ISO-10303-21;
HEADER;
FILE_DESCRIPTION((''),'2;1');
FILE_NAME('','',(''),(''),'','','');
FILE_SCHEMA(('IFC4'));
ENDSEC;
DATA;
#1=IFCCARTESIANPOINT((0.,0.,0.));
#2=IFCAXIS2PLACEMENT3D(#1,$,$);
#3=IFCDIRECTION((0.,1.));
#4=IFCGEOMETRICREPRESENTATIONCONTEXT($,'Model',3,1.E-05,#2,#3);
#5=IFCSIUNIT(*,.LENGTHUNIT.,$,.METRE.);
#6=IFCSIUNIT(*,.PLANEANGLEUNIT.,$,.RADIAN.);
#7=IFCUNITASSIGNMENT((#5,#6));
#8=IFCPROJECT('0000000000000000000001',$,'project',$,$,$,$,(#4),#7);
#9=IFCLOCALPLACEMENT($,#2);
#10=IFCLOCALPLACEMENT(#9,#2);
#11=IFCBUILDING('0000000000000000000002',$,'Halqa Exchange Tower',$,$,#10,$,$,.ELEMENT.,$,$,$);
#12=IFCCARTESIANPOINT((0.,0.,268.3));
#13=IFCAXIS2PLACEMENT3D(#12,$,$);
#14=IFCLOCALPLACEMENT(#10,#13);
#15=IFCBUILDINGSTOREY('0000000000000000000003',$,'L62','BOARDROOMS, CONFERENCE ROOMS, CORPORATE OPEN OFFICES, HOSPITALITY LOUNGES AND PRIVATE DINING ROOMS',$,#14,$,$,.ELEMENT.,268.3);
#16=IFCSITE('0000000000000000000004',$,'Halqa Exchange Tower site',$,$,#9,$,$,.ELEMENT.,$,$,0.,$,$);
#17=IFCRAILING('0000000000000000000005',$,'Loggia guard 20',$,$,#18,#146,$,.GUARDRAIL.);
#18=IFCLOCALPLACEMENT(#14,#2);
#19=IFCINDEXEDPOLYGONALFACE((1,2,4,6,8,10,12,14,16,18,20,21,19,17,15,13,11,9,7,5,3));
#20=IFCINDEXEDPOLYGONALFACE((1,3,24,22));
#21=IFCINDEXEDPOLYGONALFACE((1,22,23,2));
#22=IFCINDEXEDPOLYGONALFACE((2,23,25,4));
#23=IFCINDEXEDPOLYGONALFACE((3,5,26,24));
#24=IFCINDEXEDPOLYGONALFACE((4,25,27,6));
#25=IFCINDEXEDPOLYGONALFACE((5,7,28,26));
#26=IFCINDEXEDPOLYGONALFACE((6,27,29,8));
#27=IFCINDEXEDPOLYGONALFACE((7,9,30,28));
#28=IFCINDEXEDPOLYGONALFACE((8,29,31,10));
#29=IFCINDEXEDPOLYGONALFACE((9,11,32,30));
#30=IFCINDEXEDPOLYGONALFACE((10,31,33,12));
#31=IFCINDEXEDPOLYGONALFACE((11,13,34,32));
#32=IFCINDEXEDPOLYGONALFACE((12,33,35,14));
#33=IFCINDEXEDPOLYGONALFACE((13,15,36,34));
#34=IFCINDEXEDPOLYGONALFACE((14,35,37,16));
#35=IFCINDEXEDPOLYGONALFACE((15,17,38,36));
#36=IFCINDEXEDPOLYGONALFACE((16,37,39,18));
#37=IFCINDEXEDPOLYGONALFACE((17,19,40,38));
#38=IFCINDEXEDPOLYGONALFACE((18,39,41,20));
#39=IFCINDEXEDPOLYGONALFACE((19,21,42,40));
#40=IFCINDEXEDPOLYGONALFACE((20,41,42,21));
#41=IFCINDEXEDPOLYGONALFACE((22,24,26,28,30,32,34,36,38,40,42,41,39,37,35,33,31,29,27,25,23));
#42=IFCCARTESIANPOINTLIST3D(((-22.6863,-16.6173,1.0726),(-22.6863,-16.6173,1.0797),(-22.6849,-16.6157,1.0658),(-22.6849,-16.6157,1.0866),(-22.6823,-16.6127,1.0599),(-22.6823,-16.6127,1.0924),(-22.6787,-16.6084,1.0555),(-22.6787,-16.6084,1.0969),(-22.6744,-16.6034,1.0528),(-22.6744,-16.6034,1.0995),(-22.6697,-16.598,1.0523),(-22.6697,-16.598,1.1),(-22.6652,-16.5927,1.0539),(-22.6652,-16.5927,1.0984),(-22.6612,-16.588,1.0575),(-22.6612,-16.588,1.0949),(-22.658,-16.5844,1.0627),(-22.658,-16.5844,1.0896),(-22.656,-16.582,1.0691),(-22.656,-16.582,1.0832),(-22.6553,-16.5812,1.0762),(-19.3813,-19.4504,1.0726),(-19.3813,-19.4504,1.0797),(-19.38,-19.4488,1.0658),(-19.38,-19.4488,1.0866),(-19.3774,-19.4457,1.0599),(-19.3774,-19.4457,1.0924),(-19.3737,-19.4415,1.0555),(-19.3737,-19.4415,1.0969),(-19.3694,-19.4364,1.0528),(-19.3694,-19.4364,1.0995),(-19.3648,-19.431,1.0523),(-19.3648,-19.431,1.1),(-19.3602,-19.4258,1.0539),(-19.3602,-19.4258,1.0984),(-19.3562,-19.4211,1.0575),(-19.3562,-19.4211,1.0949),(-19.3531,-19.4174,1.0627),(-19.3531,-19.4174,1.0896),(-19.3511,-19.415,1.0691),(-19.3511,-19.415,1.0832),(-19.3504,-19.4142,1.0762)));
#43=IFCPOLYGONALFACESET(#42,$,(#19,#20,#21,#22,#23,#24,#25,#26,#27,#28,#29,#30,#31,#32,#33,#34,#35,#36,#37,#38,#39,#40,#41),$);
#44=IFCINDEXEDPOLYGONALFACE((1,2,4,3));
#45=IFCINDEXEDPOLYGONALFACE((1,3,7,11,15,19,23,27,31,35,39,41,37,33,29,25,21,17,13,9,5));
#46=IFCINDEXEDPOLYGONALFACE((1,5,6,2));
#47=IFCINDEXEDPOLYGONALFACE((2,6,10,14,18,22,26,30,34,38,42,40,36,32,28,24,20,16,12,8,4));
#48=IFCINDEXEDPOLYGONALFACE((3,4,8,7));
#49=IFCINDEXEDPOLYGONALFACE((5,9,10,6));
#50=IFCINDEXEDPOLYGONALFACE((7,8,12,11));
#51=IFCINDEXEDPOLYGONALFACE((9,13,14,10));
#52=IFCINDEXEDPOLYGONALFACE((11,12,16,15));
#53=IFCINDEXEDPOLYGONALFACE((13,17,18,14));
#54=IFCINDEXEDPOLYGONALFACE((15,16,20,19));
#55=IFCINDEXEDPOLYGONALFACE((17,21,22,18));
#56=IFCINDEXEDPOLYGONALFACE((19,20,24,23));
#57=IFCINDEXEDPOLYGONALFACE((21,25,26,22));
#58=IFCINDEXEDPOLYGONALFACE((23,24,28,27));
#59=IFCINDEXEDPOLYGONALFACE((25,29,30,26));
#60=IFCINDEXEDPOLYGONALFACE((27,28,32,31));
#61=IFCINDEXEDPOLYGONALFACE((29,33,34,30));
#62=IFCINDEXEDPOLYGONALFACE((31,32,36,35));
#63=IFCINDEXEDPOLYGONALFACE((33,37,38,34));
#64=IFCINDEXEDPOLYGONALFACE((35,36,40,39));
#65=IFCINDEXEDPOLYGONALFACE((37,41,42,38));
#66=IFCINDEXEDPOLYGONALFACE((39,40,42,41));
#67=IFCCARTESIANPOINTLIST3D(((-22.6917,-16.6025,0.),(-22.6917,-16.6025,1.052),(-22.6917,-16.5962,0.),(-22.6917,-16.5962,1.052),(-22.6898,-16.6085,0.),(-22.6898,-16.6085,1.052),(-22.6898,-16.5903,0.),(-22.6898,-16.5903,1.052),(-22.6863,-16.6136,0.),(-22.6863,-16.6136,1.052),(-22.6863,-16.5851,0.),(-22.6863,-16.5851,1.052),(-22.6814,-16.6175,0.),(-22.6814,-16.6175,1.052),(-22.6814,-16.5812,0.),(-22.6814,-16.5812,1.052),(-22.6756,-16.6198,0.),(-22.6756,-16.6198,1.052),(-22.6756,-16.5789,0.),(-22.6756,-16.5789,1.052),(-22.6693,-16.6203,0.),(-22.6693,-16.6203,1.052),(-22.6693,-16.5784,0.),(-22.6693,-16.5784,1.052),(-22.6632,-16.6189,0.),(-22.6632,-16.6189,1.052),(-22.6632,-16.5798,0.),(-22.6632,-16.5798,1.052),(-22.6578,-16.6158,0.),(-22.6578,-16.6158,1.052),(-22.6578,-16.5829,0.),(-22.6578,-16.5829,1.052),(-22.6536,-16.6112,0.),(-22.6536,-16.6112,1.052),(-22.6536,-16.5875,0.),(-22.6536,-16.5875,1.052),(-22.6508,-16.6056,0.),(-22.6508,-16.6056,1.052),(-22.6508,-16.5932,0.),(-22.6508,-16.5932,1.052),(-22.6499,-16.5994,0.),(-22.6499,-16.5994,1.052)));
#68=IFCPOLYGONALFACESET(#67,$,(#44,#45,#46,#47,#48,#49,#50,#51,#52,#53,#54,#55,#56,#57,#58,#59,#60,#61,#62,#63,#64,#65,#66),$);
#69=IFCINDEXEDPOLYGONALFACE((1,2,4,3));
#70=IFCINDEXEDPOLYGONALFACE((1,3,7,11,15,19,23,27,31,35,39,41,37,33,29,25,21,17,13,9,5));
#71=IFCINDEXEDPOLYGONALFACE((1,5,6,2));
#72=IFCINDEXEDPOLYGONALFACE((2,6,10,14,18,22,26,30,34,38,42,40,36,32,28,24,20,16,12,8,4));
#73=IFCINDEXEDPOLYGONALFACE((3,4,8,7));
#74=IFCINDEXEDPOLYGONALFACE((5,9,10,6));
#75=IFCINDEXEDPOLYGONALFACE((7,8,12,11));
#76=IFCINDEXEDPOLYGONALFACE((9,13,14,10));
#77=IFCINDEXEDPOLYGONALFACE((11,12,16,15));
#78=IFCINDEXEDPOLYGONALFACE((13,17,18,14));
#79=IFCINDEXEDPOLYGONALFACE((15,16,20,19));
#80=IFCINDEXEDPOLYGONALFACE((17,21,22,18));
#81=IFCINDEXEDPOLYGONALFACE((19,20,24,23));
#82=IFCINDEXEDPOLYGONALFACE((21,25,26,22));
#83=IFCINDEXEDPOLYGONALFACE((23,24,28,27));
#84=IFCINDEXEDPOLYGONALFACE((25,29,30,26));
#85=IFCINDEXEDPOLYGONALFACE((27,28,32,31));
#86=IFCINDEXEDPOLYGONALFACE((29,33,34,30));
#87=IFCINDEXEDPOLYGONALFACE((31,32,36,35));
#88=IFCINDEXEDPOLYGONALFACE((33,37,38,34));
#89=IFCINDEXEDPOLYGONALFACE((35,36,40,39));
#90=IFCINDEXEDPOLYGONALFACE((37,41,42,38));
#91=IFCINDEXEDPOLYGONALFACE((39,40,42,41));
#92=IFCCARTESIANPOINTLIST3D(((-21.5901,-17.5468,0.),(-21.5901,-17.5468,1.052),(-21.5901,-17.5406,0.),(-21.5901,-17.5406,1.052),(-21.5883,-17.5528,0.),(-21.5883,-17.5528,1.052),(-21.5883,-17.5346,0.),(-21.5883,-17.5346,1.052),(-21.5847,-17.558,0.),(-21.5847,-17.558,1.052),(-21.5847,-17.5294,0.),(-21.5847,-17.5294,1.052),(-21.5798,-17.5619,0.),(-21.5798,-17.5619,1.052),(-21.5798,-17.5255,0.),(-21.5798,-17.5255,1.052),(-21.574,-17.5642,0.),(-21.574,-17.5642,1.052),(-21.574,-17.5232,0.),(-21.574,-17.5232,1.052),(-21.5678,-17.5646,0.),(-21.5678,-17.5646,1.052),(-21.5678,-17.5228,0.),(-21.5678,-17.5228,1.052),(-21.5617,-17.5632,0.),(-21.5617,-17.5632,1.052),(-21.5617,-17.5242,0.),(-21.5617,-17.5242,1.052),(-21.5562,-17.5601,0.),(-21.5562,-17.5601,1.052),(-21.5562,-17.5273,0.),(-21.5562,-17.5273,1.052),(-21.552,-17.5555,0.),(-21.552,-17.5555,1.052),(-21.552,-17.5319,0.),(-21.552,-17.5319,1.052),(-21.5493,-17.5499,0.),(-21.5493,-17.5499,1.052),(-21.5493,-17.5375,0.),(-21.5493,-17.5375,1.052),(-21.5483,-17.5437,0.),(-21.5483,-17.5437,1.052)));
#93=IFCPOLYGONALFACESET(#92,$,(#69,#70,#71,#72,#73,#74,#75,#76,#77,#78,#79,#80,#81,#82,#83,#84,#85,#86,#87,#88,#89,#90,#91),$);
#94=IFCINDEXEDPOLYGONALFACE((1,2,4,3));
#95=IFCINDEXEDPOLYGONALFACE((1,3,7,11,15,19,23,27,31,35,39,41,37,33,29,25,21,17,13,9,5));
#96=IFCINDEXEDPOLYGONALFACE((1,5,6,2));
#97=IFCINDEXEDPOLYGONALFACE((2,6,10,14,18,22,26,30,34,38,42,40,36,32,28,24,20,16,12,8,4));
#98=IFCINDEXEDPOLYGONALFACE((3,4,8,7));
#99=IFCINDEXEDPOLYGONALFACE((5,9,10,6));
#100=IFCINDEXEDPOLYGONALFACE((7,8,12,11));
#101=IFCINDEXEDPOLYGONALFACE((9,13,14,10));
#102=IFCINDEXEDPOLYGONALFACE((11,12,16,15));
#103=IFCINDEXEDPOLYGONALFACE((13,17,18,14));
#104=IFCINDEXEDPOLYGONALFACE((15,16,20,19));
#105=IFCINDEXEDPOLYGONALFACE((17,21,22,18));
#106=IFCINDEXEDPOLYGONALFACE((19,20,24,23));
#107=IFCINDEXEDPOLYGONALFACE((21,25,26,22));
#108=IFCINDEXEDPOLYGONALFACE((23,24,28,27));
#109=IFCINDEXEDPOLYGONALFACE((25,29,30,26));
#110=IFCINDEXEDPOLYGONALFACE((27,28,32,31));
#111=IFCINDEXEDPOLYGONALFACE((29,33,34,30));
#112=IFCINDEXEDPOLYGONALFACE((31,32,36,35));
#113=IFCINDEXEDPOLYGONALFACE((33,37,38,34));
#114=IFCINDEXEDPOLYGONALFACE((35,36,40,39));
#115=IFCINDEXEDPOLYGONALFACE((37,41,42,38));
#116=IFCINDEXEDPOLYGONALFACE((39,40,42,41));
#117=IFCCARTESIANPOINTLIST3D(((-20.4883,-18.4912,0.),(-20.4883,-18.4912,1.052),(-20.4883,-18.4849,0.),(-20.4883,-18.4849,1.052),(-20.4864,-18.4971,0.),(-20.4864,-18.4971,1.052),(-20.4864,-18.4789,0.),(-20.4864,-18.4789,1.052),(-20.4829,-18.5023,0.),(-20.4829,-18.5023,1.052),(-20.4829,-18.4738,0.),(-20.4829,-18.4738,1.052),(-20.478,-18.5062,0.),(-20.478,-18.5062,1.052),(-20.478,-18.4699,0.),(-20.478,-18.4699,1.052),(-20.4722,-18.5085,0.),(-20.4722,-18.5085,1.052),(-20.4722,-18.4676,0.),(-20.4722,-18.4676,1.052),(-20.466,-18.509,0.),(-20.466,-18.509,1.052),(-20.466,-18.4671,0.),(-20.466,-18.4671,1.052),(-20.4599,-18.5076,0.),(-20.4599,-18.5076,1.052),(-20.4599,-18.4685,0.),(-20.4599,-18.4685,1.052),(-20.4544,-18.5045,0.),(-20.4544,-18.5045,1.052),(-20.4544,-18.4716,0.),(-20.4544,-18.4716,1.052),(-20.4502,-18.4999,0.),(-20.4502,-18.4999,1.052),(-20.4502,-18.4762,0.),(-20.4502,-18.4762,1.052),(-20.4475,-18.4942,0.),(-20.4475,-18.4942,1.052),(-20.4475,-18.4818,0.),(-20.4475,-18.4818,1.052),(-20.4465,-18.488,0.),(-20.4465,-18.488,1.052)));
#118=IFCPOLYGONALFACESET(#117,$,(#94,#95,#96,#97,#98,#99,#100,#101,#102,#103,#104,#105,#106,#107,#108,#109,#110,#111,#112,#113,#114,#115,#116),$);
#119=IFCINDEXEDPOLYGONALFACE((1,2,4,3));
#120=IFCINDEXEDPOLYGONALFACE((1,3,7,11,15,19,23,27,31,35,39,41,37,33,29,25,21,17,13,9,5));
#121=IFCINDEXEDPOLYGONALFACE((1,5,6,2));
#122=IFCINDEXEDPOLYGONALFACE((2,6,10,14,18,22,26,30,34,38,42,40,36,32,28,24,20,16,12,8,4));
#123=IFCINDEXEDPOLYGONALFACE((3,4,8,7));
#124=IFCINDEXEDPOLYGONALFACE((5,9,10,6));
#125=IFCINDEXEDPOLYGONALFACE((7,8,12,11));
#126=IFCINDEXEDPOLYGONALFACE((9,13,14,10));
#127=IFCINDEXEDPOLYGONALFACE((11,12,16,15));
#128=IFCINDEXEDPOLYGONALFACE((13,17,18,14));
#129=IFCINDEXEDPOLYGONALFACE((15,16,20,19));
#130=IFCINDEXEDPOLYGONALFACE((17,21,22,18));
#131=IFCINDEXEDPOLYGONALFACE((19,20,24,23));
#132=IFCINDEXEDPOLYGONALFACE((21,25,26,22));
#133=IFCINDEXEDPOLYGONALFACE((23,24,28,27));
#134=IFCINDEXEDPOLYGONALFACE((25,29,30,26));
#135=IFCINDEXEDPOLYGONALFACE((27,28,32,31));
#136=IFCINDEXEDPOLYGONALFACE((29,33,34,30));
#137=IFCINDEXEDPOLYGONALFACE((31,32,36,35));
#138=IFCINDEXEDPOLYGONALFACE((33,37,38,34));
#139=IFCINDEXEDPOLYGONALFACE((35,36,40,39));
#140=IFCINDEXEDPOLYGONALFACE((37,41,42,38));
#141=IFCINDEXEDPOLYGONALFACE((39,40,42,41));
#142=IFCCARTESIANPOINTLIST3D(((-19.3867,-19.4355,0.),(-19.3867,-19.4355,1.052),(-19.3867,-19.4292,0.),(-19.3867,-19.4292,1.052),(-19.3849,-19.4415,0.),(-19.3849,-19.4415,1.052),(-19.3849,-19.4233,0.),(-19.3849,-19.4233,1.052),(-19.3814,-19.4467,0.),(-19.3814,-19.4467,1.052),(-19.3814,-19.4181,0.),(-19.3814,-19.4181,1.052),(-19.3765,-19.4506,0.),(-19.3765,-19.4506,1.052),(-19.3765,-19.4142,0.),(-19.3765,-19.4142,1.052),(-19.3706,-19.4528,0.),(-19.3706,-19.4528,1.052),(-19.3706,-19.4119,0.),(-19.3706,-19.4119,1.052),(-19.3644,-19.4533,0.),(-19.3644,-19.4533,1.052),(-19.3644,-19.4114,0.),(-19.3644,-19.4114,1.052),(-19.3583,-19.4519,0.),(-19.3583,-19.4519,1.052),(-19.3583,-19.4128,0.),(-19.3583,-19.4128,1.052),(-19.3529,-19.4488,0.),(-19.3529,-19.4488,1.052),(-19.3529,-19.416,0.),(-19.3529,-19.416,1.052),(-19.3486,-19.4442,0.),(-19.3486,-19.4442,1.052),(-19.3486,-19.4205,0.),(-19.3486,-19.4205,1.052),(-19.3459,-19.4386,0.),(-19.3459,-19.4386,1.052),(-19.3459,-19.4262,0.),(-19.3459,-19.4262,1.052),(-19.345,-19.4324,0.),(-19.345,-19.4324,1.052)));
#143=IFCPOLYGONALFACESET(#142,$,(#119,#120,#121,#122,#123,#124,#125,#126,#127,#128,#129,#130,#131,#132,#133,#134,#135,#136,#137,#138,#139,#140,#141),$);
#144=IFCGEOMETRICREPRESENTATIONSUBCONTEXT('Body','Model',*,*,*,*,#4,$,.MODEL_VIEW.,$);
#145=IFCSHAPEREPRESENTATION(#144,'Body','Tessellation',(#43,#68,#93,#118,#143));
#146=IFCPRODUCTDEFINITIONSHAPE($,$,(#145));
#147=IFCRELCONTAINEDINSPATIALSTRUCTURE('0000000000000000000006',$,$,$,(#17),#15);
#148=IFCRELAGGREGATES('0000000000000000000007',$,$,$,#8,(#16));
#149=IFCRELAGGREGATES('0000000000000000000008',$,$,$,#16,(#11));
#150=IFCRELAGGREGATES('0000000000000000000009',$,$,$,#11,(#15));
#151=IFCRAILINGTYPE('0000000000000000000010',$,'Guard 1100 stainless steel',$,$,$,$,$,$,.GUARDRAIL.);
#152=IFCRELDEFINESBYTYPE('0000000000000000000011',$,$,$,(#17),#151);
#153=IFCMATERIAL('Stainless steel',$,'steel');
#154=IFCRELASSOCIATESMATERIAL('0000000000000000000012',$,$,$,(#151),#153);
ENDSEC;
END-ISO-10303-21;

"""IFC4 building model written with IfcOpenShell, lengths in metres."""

from ifc_helpers import new_model, si_unit, direction, frame, origin, origin_2d, place, context, subcontext, project, spatial, circle, extrude, material, type_object, element, save


model = new_model("IFC4")

# Units and contexts
model_context = context("Model", 3, precision=1e-05, world=origin(), true_north=direction((0.0, 1.0)))
body_context = subcontext(model_context, "Body", "Model", "MODEL_VIEW")
ifc_project = project(units=[si_unit("LENGTHUNIT", "METRE"), si_unit("PLANEANGLEUNIT", "RADIAN")], contexts=[model_context])

# Site, building, storey
site_placement = place(None, origin())
site = spatial("IfcSite", under=ifc_project, at=site_placement, Name="Halqa Exchange Tower site", CompositionType="ELEMENT", RefElevation=0.0)
building_placement = place(site_placement, origin())
building = spatial("IfcBuilding", under=site, at=building_placement, Name="Halqa Exchange Tower", CompositionType="ELEMENT")
storey_placement = place(building_placement, frame((0.0, 0.0, 268.3)))
storey = spatial("IfcBuildingStorey", under=building, at=storey_placement, Name="L62", Description="BOARDROOMS, CONFERENCE ROOMS, CORPORATE OPEN OFFICES, HOSPITALITY LOUNGES AND PRIVATE DINING ROOMS", CompositionType="ELEMENT", Elevation=268.3)

# Railing
ifc_material_1 = material(Name="Stainless steel", Category="steel")
railing_type = type_object("IfcRailingType", Name="Guard 1100 stainless steel", PredefinedType="GUARDRAIL", material=ifc_material_1)
railing_1_placement = place(storey_placement, frame((-22.6709, -16.5994, 0.0)))
element("IfcRailing", 1, at=railing_1_placement, inside=storey, type_object=railing_type, Name="Loggia guard 20", PredefinedType="GUARDRAIL", context=body_context, shape_type="SweptSolid", body=[
    extrude(circle(Radius=0.0239, at=origin_2d()), frame((0.0, 0.0, 1.0762), z_axis=(0.759233, -0.650819, 0.0), x_axis=(0.650819, 0.759233, 0.0)), (0.0, 0.0, 1.0), 4.353),
    extrude(circle(Radius=0.021, at=origin_2d()), origin(), (0.0, 0.0, 1.0), 1.052),
    extrude(circle(Radius=0.021, at=origin_2d()), frame((1.1016, -0.9443, 0.0)), (0.0, 0.0, 1.0), 1.052),
    extrude(circle(Radius=0.021, at=origin_2d()), frame((2.2034, -1.8887, 0.0)), (0.0, 0.0, 1.0), 1.052),
    extrude(circle(Radius=0.021, at=origin_2d()), frame((3.3049, -2.833, 0.0)), (0.0, 0.0, 1.0), 1.052),
])

save(model, "model.ifc")
